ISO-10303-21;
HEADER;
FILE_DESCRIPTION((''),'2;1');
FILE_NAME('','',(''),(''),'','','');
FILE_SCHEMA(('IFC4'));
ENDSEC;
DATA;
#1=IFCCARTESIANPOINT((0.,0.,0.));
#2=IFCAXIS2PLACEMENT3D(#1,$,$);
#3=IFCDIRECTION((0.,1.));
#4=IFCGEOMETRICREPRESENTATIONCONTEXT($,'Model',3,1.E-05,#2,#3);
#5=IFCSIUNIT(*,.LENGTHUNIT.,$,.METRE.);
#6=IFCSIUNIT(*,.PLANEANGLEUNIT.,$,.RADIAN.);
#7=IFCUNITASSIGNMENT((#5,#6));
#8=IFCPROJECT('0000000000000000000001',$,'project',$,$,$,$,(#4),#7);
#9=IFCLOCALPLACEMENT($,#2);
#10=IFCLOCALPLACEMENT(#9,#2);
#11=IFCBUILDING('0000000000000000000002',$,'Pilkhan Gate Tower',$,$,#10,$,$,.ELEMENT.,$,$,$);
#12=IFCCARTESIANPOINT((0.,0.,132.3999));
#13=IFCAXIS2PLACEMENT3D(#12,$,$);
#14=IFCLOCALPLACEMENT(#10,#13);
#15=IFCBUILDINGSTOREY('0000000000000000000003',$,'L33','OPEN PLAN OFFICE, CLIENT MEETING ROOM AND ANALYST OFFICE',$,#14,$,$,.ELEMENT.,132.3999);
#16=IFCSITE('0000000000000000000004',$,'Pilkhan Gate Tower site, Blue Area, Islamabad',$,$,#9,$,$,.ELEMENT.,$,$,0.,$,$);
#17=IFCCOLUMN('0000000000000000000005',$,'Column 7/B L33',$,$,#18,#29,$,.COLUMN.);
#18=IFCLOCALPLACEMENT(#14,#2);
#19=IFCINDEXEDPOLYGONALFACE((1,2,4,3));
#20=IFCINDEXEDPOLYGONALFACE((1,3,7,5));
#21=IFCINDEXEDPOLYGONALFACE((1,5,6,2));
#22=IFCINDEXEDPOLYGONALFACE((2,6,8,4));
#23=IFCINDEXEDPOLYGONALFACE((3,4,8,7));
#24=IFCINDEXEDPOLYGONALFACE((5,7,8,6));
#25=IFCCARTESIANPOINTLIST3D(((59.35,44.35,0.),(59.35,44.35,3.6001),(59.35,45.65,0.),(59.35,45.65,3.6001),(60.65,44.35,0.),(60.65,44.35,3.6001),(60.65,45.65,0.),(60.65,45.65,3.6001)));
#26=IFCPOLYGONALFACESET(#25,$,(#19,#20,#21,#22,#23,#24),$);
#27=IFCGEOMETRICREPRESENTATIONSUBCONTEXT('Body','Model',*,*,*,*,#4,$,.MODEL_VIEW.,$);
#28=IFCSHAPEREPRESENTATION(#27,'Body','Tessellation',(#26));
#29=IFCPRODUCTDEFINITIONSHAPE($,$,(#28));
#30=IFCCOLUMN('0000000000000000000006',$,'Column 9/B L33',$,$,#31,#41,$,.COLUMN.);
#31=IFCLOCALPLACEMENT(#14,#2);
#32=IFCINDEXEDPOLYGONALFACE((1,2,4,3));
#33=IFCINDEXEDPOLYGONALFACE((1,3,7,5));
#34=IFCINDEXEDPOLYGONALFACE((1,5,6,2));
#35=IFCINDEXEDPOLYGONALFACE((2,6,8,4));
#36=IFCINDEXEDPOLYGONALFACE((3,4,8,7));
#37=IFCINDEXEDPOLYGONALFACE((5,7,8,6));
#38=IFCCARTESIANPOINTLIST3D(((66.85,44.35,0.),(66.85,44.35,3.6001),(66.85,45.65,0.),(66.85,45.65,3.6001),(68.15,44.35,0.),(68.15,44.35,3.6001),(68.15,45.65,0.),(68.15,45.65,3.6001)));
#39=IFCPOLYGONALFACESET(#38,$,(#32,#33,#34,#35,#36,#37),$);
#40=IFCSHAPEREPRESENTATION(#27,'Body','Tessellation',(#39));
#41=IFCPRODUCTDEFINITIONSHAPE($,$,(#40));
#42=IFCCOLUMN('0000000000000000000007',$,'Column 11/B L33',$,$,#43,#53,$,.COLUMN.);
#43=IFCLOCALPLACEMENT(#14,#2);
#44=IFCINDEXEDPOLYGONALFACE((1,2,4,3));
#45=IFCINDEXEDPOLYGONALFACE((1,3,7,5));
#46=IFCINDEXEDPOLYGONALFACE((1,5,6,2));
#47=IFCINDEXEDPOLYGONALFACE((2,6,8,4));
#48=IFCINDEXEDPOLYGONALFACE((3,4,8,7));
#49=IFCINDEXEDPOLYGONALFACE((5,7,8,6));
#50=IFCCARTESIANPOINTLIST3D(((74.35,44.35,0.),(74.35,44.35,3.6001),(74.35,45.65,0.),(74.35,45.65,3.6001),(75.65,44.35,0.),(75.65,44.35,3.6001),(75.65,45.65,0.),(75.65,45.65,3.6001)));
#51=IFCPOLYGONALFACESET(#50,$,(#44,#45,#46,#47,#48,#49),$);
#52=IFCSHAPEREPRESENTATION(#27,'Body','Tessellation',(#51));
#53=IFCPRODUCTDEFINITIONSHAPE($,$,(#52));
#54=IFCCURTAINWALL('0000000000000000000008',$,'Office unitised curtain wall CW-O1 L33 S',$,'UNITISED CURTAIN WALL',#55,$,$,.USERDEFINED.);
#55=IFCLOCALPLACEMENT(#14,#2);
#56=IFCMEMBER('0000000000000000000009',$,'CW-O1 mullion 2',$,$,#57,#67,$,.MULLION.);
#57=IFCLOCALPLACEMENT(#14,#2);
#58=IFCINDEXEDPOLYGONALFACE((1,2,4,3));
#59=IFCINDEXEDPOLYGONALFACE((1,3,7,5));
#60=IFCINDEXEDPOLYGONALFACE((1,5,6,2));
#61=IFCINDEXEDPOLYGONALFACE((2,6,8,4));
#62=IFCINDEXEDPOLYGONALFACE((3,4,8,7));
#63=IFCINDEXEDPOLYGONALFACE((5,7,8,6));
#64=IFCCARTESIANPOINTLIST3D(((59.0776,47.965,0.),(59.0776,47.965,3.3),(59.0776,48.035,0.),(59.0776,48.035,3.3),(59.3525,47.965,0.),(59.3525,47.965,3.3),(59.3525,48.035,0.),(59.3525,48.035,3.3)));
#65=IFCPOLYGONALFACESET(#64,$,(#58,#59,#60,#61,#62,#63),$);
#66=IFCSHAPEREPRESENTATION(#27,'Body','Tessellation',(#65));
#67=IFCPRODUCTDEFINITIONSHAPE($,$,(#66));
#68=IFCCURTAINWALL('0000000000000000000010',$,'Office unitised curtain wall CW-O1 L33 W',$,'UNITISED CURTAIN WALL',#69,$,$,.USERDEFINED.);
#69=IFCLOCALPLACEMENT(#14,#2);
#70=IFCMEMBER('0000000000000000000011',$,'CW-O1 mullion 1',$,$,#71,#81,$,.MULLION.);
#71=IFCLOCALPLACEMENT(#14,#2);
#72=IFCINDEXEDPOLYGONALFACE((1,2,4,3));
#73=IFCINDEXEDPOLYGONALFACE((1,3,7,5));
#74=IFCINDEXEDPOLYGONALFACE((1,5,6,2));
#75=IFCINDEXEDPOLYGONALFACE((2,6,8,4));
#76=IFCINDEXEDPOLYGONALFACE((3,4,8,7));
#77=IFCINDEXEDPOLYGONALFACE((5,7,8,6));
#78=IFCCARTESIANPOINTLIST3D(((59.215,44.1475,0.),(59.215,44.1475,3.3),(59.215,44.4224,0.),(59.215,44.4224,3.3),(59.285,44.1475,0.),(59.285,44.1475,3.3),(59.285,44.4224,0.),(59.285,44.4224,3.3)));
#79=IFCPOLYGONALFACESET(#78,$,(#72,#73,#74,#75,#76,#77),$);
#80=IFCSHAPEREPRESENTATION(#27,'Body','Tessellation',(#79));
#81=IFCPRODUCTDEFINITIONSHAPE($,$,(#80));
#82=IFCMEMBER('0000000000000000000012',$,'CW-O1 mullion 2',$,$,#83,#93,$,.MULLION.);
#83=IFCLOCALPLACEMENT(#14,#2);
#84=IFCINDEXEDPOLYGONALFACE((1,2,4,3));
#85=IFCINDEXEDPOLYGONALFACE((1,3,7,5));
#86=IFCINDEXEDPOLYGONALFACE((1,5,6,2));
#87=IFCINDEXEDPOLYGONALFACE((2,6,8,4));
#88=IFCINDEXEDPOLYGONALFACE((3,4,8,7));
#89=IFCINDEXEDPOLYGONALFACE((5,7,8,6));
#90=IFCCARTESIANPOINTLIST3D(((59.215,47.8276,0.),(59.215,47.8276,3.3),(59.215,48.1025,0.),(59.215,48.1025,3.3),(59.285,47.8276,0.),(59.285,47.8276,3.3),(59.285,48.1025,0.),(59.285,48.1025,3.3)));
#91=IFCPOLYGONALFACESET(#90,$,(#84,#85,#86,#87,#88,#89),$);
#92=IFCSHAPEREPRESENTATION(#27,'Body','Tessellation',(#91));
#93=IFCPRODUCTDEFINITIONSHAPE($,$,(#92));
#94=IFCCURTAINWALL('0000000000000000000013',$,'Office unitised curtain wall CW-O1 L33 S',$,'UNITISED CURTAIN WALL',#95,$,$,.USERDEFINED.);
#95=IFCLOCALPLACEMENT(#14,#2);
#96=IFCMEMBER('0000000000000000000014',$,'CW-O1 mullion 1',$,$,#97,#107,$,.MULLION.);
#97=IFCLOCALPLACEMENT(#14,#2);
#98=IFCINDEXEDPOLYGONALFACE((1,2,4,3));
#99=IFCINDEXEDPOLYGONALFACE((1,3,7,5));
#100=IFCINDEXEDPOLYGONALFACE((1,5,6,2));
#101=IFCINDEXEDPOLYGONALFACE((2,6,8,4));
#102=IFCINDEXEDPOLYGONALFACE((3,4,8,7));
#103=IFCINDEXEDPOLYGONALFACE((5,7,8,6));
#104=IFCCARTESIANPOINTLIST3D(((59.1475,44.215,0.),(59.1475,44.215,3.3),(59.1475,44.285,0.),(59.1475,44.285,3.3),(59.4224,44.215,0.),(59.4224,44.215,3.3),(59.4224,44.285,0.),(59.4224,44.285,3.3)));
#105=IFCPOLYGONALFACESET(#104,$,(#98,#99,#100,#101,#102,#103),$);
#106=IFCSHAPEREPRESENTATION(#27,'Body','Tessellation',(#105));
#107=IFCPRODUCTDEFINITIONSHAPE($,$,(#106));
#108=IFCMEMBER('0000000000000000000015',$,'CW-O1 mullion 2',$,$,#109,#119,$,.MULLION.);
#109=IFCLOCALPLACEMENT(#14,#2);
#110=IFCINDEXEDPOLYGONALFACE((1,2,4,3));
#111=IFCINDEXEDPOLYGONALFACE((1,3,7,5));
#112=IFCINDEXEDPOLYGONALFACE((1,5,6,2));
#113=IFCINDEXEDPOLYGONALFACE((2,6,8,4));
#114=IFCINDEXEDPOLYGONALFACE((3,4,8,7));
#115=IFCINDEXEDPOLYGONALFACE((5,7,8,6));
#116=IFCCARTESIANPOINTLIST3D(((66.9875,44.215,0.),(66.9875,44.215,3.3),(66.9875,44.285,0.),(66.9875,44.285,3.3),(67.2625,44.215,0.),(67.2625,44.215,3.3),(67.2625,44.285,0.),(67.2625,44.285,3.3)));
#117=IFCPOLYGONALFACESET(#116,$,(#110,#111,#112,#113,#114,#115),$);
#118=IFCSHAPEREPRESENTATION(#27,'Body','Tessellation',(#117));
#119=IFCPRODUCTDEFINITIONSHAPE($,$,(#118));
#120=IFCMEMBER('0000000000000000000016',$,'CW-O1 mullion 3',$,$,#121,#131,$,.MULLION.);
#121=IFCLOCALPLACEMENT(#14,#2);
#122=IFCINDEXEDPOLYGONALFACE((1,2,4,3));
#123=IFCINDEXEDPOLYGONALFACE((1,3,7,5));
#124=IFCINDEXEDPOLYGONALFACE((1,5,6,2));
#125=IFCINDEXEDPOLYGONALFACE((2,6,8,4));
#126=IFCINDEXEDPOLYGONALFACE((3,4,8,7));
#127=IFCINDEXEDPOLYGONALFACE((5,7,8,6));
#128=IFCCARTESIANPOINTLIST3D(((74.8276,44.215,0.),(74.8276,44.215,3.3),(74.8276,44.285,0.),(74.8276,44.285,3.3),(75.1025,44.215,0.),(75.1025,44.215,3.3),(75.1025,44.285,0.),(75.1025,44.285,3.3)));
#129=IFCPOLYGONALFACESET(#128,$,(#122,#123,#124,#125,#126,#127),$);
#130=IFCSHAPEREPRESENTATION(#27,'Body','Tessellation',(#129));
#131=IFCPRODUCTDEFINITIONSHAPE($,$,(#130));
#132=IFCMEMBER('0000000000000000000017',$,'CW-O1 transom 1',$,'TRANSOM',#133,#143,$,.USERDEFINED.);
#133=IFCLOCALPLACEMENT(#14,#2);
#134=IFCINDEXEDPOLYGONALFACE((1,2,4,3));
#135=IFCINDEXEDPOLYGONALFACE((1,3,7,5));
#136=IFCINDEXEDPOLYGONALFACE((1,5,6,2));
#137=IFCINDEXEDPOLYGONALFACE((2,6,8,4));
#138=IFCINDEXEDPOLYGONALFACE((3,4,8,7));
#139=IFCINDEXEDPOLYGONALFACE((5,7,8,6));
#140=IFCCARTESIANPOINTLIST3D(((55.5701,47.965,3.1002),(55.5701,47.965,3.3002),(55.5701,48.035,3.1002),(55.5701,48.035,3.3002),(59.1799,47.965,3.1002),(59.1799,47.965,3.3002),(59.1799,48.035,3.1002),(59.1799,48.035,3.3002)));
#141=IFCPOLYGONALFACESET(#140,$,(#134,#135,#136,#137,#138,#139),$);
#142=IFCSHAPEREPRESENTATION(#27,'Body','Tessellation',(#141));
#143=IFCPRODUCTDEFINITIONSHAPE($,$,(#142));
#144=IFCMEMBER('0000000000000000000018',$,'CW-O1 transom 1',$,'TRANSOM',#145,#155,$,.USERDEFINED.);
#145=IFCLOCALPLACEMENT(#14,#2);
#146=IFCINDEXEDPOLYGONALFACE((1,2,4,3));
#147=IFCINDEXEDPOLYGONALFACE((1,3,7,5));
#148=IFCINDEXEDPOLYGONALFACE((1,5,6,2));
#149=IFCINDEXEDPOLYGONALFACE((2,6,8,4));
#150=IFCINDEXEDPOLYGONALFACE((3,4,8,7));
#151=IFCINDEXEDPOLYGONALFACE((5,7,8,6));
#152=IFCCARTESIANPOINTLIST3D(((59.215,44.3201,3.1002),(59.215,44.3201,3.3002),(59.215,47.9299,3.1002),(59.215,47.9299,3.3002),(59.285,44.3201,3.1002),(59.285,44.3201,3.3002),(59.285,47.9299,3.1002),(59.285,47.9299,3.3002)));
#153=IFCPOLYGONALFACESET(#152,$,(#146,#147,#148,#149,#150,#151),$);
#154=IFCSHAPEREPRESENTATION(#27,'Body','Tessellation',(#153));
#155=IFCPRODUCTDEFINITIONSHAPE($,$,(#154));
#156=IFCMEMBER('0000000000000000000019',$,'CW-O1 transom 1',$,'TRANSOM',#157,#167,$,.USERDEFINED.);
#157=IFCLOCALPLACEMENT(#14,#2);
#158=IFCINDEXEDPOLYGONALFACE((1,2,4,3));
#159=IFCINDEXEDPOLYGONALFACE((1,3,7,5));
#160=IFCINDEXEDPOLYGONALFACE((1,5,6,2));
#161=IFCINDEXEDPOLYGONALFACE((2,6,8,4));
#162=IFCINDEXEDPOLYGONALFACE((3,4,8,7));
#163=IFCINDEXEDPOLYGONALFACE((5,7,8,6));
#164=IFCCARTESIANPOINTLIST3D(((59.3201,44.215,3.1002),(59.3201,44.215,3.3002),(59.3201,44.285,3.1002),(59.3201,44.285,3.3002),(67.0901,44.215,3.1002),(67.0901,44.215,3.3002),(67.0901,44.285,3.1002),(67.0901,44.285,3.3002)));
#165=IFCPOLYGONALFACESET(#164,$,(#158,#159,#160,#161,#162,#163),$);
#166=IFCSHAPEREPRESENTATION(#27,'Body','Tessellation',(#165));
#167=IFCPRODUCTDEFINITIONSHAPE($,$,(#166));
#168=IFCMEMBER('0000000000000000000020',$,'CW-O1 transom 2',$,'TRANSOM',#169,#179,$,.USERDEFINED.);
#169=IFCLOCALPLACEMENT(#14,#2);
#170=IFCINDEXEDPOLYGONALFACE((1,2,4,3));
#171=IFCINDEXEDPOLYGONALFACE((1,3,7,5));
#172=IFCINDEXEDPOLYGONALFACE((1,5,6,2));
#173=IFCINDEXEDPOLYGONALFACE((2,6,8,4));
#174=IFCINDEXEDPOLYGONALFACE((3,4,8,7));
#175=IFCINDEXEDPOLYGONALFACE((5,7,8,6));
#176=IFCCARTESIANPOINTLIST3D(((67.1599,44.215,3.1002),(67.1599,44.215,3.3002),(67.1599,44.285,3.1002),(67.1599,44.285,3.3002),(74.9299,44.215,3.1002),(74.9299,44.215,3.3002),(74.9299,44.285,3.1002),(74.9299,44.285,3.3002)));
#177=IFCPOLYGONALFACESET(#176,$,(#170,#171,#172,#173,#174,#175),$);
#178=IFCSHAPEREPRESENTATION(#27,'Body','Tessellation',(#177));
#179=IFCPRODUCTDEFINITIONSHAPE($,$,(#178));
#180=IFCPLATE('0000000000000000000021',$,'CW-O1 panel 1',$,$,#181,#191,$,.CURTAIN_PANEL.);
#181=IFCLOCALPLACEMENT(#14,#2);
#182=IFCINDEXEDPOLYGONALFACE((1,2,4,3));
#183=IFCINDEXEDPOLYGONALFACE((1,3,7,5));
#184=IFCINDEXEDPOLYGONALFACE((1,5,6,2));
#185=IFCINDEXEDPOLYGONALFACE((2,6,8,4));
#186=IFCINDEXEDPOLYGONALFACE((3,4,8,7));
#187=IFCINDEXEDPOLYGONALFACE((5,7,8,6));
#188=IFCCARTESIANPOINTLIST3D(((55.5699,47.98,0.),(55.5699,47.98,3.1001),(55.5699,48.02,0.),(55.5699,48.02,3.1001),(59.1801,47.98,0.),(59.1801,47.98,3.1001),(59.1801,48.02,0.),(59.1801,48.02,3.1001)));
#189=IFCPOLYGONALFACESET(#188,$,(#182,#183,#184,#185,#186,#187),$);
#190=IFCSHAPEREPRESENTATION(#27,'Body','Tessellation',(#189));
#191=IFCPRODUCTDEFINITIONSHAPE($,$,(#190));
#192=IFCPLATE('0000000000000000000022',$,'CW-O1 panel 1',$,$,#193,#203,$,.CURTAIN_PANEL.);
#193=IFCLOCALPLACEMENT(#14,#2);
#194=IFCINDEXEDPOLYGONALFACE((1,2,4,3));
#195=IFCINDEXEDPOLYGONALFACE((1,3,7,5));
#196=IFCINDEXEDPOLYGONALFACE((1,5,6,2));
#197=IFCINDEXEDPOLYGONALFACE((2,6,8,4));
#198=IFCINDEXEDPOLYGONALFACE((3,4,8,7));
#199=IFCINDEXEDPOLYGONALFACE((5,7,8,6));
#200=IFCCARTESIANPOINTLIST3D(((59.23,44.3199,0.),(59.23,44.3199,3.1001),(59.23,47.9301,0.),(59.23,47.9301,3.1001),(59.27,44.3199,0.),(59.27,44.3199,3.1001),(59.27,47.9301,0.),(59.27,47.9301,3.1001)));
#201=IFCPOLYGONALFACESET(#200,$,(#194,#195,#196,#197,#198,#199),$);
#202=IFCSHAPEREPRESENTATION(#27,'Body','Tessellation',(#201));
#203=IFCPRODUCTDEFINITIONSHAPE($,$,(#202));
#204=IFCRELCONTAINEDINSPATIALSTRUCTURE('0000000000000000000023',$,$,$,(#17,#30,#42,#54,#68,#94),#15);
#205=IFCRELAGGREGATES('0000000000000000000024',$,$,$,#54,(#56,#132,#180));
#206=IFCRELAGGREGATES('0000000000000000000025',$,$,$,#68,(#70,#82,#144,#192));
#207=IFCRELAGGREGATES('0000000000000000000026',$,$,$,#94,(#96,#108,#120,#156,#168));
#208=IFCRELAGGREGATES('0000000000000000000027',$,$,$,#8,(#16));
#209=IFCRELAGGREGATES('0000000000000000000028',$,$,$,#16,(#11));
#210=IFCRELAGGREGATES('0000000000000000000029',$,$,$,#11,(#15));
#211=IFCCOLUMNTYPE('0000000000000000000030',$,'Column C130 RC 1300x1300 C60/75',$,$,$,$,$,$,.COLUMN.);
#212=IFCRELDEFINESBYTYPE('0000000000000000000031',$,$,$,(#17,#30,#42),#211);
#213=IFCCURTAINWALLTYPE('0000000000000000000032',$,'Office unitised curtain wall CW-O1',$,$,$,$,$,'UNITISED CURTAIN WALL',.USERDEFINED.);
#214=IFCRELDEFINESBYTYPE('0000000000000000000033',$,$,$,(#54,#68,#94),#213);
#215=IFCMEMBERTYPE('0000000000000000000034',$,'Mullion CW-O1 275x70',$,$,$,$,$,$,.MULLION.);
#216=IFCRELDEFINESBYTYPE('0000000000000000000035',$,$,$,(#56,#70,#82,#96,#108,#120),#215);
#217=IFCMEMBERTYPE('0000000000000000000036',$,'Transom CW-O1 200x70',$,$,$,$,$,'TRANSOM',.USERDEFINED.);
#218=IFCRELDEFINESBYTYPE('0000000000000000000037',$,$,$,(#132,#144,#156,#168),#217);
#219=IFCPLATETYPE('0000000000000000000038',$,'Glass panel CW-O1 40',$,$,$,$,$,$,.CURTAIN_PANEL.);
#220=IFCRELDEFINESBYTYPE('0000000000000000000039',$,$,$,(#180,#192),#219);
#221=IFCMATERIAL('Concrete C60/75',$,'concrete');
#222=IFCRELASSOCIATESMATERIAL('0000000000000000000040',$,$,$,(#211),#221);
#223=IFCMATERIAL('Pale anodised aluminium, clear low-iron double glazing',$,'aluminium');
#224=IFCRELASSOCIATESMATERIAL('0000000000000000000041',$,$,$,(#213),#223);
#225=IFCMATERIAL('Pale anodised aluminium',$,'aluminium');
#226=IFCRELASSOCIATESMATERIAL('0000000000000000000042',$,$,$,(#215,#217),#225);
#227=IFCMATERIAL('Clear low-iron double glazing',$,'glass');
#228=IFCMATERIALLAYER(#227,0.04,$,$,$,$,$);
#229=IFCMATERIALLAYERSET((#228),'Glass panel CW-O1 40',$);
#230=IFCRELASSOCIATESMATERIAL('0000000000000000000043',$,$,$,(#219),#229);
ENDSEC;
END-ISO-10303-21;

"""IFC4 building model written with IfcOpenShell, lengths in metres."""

from ifc_helpers import new_model, si_unit, direction, frame, origin, origin_2d, place, context, subcontext, project, spatial, rectangle, extrude, material, layer, layer_set, material_profile, profile_set, type_object, element, aggregate, save


model = new_model("IFC4")

# Units and contexts
model_context = context("Model", 3, precision=1e-05, world=origin(), true_north=direction((0.0, 1.0)))
body_context = subcontext(model_context, "Body", "Model", "MODEL_VIEW")
ifc_project = project(units=[si_unit("LENGTHUNIT", "METRE"), si_unit("PLANEANGLEUNIT", "RADIAN")], contexts=[model_context])

# Site, building, storey
site_placement = place(None, origin())
site = spatial("IfcSite", under=ifc_project, at=site_placement, Name="Pilkhan Gate Tower site, Blue Area, Islamabad", CompositionType="ELEMENT", RefElevation=0.0)
building_placement = place(site_placement, origin())
building = spatial("IfcBuilding", under=site, at=building_placement, Name="Pilkhan Gate Tower", CompositionType="ELEMENT")
storey_placement = place(building_placement, frame((0.0, 0.0, 132.3999)))
storey = spatial("IfcBuildingStorey", under=building, at=storey_placement, Name="L33", Description="OPEN PLAN OFFICE, CLIENT MEETING ROOM AND ANALYST OFFICE", CompositionType="ELEMENT", Elevation=132.3999)

# Columns
ifc_material_1 = material(Name="Concrete C60/75", Category="concrete")
ifc_material_profile_1 = material_profile(ifc_material_1, rectangle(XDim=1.3, YDim=1.3, at=origin_2d()), Name="RC 1300x1300")
ifc_profile_set_1 = profile_set([ifc_material_profile_1], Name="Concrete C60/75")
column_type = type_object("IfcColumnType", Name="Column C130 RC 1300x1300 C60/75", PredefinedType="COLUMN", material=ifc_profile_set_1)
for number, where, z_axis, x_axis, name in (
    (1, (60.0, 45.0, 0.0), (0.0, 0.0, 1.0), (1.0, 0.0, 0.0), "Column 7/B L33"),
    (2, (67.5, 45.0, 0.0), (0.0, 0.0, 1.0), (1.0, 0.0, 0.0), "Column 9/B L33"),
    (3, (75.0, 45.0, 0.0), (0.0, 0.0, 1.0), (1.0, 0.0, 0.0), "Column 11/B L33"),
):
    element("IfcColumn", number, at=place(storey_placement, frame(where, z_axis=z_axis, x_axis=x_axis)), inside=storey, type_object=column_type, Name=name, PredefinedType="COLUMN", context=body_context, shape_type="SweptSolid", body=[
        extrude(rectangle(XDim=1.3, YDim=1.3, at=origin_2d()), origin(), (0.0, 0.0, 1.0), 3.6001),
    ])

# Curtain wall, member
ifc_material_2 = material(Name="Pale anodised aluminium, clear low-iron double glazing", Category="aluminium")
curtain_wall_type = type_object("IfcCurtainWallType", Name="Office unitised curtain wall CW-O1", ElementType="UNITISED CURTAIN WALL", PredefinedType="USERDEFINED", material=ifc_material_2)
curtain_wall_1_placement = place(storey_placement, origin())
curtain_wall_1 = element("IfcCurtainWall", 4, at=curtain_wall_1_placement, inside=storey, type_object=curtain_wall_type, Name="Office unitised curtain wall CW-O1 L33 S", ObjectType="UNITISED CURTAIN WALL", PredefinedType="USERDEFINED")
ifc_material_3 = material(Name="Pale anodised aluminium", Category="aluminium")
ifc_material_profile_2 = material_profile(ifc_material_3, rectangle(XDim=0.0701, YDim=0.2749, at=origin_2d()), Name="Mullion 275x70")
ifc_profile_set_2 = profile_set([ifc_material_profile_2], Name="Pale anodised aluminium")
member_type_1 = type_object("IfcMemberType", Name="Mullion CW-O1 275x70", PredefinedType="MULLION", material=ifc_profile_set_2)
member_1_placement = place(storey_placement, frame((59.2151, 48.0, 0.0), z_axis=(0.0, 0.0, 1.0), x_axis=(0.0, 1.0, 0.0)))
member_1 = element("IfcMember", 5, at=member_1_placement, type_object=member_type_1, Name="CW-O1 mullion 2", PredefinedType="MULLION", context=body_context, shape_type="SweptSolid", body=[
    extrude(rectangle(XDim=0.0701, YDim=0.2749, at=origin_2d()), origin(), (0.0, 0.0, 1.0), 3.3),
])

# Curtain walls, members
curtain_wall_2_placement = place(storey_placement, origin())
curtain_wall_2 = element("IfcCurtainWall", 6, at=curtain_wall_2_placement, inside=storey, type_object=curtain_wall_type, Name="Office unitised curtain wall CW-O1 L33 W", ObjectType="UNITISED CURTAIN WALL", PredefinedType="USERDEFINED")
member_2_placement = place(storey_placement, frame((59.25, 44.2849, 0.0), z_axis=(0.0, 0.0, 1.0), x_axis=(-1.0, 0.0, 0.0)))
member_2 = element("IfcMember", 7, at=member_2_placement, type_object=member_type_1, Name="CW-O1 mullion 1", PredefinedType="MULLION", context=body_context, shape_type="SweptSolid", body=[
    extrude(rectangle(XDim=0.0701, YDim=0.2749, at=origin_2d()), origin(), (0.0, 0.0, 1.0), 3.3),
])
member_3_placement = place(storey_placement, frame((59.25, 47.9651, 0.0), z_axis=(0.0, 0.0, 1.0), x_axis=(-1.0, 0.0, 0.0)))
member_3 = element("IfcMember", 8, at=member_3_placement, type_object=member_type_1, Name="CW-O1 mullion 2", PredefinedType="MULLION", context=body_context, shape_type="SweptSolid", body=[
    extrude(rectangle(XDim=0.0701, YDim=0.2749, at=origin_2d()), origin(), (0.0, 0.0, 1.0), 3.3),
])
curtain_wall_3_placement = place(storey_placement, origin())
curtain_wall_3 = element("IfcCurtainWall", 9, at=curtain_wall_3_placement, inside=storey, type_object=curtain_wall_type, Name="Office unitised curtain wall CW-O1 L33 S", ObjectType="UNITISED CURTAIN WALL", PredefinedType="USERDEFINED")
member_4_placement = place(storey_placement, frame((59.2849, 44.25, 0.0), z_axis=(0.0, 0.0, 1.0), x_axis=(0.0, 1.0, 0.0)))
member_4 = element("IfcMember", 10, at=member_4_placement, type_object=member_type_1, Name="CW-O1 mullion 1", PredefinedType="MULLION", context=body_context, shape_type="SweptSolid", body=[
    extrude(rectangle(XDim=0.0701, YDim=0.2749, at=origin_2d()), origin(), (0.0, 0.0, 1.0), 3.3),
])
member_5_placement = place(storey_placement, frame((67.125, 44.25, 0.0), z_axis=(0.0, 0.0, 1.0), x_axis=(0.0, 1.0, 0.0)))
member_5 = element("IfcMember", 11, at=member_5_placement, type_object=member_type_1, Name="CW-O1 mullion 2", PredefinedType="MULLION", context=body_context, shape_type="SweptSolid", body=[
    extrude(rectangle(XDim=0.0701, YDim=0.2749, at=origin_2d()), origin(), (0.0, 0.0, 1.0), 3.3),
])
member_6_placement = place(storey_placement, frame((74.9651, 44.25, 0.0), z_axis=(0.0, 0.0, 1.0), x_axis=(0.0, 1.0, 0.0)))
member_6 = element("IfcMember", 12, at=member_6_placement, type_object=member_type_1, Name="CW-O1 mullion 3", PredefinedType="MULLION", context=body_context, shape_type="SweptSolid", body=[
    extrude(rectangle(XDim=0.0701, YDim=0.2749, at=origin_2d()), origin(), (0.0, 0.0, 1.0), 3.3),
])

# Members
ifc_material_profile_3 = material_profile(ifc_material_3, rectangle(XDim=0.0701, YDim=0.2, at=origin_2d()), Name="Transom 200x70")
ifc_profile_set_3 = profile_set([ifc_material_profile_3], Name="Pale anodised aluminium")
member_type_2 = type_object("IfcMemberType", Name="Transom CW-O1 200x70", ElementType="TRANSOM", PredefinedType="USERDEFINED", material=ifc_profile_set_3)
member_7_placement = place(storey_placement, frame((55.5701, 48.0, 3.2002), z_axis=(1.0, 0.0, 0.0), x_axis=(0.0, 1.0, 0.0)))
member_7 = element("IfcMember", 13, at=member_7_placement, type_object=member_type_2, Name="CW-O1 transom 1", ObjectType="TRANSOM", PredefinedType="USERDEFINED", context=body_context, shape_type="SweptSolid", body=[
    extrude(rectangle(XDim=0.0701, YDim=0.2, at=origin_2d()), origin(), (0.0, 0.0, 1.0), 3.6099),
])
member_8_placement = place(storey_placement, frame((59.25, 44.3201, 3.2002), z_axis=(0.0, 1.0, 0.0), x_axis=(-1.0, 0.0, 0.0)))
member_8 = element("IfcMember", 14, at=member_8_placement, type_object=member_type_2, Name="CW-O1 transom 1", ObjectType="TRANSOM", PredefinedType="USERDEFINED", context=body_context, shape_type="SweptSolid", body=[
    extrude(rectangle(XDim=0.0701, YDim=0.2, at=origin_2d()), origin(), (0.0, 0.0, 1.0), 3.6099),
])
member_9_placement = place(storey_placement, frame((59.3201, 44.25, 3.2002), z_axis=(1.0, 0.0, 0.0), x_axis=(0.0, 1.0, 0.0)))
member_9 = element("IfcMember", 15, at=member_9_placement, type_object=member_type_2, Name="CW-O1 transom 1", ObjectType="TRANSOM", PredefinedType="USERDEFINED", context=body_context, shape_type="SweptSolid", body=[
    extrude(rectangle(XDim=0.0701, YDim=0.2, at=origin_2d()), origin(), (0.0, 0.0, 1.0), 7.77),
])
member_10_placement = place(storey_placement, frame((67.1599, 44.25, 3.2002), z_axis=(1.0, 0.0, 0.0), x_axis=(0.0, 1.0, 0.0)))
member_10 = element("IfcMember", 16, at=member_10_placement, type_object=member_type_2, Name="CW-O1 transom 2", ObjectType="TRANSOM", PredefinedType="USERDEFINED", context=body_context, shape_type="SweptSolid", body=[
    extrude(rectangle(XDim=0.0701, YDim=0.2, at=origin_2d()), origin(), (0.0, 0.0, 1.0), 7.77),
])

# Plates
ifc_material_4 = material(Name="Clear low-iron double glazing", Category="glass")
ifc_layer = layer(ifc_material_4, 0.04)
ifc_layer_set = layer_set([ifc_layer], Name="Glass panel CW-O1 40")
plate_type = type_object("IfcPlateType", Name="Glass panel CW-O1 40", PredefinedType="CURTAIN_PANEL", material=ifc_layer_set)
plate_1_placement = place(storey_placement, frame((57.375, 48.0, 0.0), z_axis=(0.0, 0.0, 1.0), x_axis=(1.0, 0.0, 0.0)))
plate_1 = element("IfcPlate", 17, at=plate_1_placement, type_object=plate_type, Name="CW-O1 panel 1", PredefinedType="CURTAIN_PANEL", context=body_context, shape_type="SweptSolid", body=[
    extrude(rectangle(XDim=3.6101, YDim=0.04, at=origin_2d()), origin(), (0.0, 0.0, 1.0), 3.1001),
])
aggregate(curtain_wall_1, [member_1, member_7, plate_1])
plate_2_placement = place(storey_placement, frame((59.25, 46.125, 0.0), z_axis=(0.0, 0.0, 1.0), x_axis=(0.0, 1.0, 0.0)))
plate_2 = element("IfcPlate", 18, at=plate_2_placement, type_object=plate_type, Name="CW-O1 panel 1", PredefinedType="CURTAIN_PANEL", context=body_context, shape_type="SweptSolid", body=[
    extrude(rectangle(XDim=3.6101, YDim=0.04, at=origin_2d()), origin(), (0.0, 0.0, 1.0), 3.1001),
])
aggregate(curtain_wall_2, [member_2, member_3, member_8, plate_2])
aggregate(curtain_wall_3, [member_4, member_5, member_6, member_9, member_10])

save(model, "model.ifc")
